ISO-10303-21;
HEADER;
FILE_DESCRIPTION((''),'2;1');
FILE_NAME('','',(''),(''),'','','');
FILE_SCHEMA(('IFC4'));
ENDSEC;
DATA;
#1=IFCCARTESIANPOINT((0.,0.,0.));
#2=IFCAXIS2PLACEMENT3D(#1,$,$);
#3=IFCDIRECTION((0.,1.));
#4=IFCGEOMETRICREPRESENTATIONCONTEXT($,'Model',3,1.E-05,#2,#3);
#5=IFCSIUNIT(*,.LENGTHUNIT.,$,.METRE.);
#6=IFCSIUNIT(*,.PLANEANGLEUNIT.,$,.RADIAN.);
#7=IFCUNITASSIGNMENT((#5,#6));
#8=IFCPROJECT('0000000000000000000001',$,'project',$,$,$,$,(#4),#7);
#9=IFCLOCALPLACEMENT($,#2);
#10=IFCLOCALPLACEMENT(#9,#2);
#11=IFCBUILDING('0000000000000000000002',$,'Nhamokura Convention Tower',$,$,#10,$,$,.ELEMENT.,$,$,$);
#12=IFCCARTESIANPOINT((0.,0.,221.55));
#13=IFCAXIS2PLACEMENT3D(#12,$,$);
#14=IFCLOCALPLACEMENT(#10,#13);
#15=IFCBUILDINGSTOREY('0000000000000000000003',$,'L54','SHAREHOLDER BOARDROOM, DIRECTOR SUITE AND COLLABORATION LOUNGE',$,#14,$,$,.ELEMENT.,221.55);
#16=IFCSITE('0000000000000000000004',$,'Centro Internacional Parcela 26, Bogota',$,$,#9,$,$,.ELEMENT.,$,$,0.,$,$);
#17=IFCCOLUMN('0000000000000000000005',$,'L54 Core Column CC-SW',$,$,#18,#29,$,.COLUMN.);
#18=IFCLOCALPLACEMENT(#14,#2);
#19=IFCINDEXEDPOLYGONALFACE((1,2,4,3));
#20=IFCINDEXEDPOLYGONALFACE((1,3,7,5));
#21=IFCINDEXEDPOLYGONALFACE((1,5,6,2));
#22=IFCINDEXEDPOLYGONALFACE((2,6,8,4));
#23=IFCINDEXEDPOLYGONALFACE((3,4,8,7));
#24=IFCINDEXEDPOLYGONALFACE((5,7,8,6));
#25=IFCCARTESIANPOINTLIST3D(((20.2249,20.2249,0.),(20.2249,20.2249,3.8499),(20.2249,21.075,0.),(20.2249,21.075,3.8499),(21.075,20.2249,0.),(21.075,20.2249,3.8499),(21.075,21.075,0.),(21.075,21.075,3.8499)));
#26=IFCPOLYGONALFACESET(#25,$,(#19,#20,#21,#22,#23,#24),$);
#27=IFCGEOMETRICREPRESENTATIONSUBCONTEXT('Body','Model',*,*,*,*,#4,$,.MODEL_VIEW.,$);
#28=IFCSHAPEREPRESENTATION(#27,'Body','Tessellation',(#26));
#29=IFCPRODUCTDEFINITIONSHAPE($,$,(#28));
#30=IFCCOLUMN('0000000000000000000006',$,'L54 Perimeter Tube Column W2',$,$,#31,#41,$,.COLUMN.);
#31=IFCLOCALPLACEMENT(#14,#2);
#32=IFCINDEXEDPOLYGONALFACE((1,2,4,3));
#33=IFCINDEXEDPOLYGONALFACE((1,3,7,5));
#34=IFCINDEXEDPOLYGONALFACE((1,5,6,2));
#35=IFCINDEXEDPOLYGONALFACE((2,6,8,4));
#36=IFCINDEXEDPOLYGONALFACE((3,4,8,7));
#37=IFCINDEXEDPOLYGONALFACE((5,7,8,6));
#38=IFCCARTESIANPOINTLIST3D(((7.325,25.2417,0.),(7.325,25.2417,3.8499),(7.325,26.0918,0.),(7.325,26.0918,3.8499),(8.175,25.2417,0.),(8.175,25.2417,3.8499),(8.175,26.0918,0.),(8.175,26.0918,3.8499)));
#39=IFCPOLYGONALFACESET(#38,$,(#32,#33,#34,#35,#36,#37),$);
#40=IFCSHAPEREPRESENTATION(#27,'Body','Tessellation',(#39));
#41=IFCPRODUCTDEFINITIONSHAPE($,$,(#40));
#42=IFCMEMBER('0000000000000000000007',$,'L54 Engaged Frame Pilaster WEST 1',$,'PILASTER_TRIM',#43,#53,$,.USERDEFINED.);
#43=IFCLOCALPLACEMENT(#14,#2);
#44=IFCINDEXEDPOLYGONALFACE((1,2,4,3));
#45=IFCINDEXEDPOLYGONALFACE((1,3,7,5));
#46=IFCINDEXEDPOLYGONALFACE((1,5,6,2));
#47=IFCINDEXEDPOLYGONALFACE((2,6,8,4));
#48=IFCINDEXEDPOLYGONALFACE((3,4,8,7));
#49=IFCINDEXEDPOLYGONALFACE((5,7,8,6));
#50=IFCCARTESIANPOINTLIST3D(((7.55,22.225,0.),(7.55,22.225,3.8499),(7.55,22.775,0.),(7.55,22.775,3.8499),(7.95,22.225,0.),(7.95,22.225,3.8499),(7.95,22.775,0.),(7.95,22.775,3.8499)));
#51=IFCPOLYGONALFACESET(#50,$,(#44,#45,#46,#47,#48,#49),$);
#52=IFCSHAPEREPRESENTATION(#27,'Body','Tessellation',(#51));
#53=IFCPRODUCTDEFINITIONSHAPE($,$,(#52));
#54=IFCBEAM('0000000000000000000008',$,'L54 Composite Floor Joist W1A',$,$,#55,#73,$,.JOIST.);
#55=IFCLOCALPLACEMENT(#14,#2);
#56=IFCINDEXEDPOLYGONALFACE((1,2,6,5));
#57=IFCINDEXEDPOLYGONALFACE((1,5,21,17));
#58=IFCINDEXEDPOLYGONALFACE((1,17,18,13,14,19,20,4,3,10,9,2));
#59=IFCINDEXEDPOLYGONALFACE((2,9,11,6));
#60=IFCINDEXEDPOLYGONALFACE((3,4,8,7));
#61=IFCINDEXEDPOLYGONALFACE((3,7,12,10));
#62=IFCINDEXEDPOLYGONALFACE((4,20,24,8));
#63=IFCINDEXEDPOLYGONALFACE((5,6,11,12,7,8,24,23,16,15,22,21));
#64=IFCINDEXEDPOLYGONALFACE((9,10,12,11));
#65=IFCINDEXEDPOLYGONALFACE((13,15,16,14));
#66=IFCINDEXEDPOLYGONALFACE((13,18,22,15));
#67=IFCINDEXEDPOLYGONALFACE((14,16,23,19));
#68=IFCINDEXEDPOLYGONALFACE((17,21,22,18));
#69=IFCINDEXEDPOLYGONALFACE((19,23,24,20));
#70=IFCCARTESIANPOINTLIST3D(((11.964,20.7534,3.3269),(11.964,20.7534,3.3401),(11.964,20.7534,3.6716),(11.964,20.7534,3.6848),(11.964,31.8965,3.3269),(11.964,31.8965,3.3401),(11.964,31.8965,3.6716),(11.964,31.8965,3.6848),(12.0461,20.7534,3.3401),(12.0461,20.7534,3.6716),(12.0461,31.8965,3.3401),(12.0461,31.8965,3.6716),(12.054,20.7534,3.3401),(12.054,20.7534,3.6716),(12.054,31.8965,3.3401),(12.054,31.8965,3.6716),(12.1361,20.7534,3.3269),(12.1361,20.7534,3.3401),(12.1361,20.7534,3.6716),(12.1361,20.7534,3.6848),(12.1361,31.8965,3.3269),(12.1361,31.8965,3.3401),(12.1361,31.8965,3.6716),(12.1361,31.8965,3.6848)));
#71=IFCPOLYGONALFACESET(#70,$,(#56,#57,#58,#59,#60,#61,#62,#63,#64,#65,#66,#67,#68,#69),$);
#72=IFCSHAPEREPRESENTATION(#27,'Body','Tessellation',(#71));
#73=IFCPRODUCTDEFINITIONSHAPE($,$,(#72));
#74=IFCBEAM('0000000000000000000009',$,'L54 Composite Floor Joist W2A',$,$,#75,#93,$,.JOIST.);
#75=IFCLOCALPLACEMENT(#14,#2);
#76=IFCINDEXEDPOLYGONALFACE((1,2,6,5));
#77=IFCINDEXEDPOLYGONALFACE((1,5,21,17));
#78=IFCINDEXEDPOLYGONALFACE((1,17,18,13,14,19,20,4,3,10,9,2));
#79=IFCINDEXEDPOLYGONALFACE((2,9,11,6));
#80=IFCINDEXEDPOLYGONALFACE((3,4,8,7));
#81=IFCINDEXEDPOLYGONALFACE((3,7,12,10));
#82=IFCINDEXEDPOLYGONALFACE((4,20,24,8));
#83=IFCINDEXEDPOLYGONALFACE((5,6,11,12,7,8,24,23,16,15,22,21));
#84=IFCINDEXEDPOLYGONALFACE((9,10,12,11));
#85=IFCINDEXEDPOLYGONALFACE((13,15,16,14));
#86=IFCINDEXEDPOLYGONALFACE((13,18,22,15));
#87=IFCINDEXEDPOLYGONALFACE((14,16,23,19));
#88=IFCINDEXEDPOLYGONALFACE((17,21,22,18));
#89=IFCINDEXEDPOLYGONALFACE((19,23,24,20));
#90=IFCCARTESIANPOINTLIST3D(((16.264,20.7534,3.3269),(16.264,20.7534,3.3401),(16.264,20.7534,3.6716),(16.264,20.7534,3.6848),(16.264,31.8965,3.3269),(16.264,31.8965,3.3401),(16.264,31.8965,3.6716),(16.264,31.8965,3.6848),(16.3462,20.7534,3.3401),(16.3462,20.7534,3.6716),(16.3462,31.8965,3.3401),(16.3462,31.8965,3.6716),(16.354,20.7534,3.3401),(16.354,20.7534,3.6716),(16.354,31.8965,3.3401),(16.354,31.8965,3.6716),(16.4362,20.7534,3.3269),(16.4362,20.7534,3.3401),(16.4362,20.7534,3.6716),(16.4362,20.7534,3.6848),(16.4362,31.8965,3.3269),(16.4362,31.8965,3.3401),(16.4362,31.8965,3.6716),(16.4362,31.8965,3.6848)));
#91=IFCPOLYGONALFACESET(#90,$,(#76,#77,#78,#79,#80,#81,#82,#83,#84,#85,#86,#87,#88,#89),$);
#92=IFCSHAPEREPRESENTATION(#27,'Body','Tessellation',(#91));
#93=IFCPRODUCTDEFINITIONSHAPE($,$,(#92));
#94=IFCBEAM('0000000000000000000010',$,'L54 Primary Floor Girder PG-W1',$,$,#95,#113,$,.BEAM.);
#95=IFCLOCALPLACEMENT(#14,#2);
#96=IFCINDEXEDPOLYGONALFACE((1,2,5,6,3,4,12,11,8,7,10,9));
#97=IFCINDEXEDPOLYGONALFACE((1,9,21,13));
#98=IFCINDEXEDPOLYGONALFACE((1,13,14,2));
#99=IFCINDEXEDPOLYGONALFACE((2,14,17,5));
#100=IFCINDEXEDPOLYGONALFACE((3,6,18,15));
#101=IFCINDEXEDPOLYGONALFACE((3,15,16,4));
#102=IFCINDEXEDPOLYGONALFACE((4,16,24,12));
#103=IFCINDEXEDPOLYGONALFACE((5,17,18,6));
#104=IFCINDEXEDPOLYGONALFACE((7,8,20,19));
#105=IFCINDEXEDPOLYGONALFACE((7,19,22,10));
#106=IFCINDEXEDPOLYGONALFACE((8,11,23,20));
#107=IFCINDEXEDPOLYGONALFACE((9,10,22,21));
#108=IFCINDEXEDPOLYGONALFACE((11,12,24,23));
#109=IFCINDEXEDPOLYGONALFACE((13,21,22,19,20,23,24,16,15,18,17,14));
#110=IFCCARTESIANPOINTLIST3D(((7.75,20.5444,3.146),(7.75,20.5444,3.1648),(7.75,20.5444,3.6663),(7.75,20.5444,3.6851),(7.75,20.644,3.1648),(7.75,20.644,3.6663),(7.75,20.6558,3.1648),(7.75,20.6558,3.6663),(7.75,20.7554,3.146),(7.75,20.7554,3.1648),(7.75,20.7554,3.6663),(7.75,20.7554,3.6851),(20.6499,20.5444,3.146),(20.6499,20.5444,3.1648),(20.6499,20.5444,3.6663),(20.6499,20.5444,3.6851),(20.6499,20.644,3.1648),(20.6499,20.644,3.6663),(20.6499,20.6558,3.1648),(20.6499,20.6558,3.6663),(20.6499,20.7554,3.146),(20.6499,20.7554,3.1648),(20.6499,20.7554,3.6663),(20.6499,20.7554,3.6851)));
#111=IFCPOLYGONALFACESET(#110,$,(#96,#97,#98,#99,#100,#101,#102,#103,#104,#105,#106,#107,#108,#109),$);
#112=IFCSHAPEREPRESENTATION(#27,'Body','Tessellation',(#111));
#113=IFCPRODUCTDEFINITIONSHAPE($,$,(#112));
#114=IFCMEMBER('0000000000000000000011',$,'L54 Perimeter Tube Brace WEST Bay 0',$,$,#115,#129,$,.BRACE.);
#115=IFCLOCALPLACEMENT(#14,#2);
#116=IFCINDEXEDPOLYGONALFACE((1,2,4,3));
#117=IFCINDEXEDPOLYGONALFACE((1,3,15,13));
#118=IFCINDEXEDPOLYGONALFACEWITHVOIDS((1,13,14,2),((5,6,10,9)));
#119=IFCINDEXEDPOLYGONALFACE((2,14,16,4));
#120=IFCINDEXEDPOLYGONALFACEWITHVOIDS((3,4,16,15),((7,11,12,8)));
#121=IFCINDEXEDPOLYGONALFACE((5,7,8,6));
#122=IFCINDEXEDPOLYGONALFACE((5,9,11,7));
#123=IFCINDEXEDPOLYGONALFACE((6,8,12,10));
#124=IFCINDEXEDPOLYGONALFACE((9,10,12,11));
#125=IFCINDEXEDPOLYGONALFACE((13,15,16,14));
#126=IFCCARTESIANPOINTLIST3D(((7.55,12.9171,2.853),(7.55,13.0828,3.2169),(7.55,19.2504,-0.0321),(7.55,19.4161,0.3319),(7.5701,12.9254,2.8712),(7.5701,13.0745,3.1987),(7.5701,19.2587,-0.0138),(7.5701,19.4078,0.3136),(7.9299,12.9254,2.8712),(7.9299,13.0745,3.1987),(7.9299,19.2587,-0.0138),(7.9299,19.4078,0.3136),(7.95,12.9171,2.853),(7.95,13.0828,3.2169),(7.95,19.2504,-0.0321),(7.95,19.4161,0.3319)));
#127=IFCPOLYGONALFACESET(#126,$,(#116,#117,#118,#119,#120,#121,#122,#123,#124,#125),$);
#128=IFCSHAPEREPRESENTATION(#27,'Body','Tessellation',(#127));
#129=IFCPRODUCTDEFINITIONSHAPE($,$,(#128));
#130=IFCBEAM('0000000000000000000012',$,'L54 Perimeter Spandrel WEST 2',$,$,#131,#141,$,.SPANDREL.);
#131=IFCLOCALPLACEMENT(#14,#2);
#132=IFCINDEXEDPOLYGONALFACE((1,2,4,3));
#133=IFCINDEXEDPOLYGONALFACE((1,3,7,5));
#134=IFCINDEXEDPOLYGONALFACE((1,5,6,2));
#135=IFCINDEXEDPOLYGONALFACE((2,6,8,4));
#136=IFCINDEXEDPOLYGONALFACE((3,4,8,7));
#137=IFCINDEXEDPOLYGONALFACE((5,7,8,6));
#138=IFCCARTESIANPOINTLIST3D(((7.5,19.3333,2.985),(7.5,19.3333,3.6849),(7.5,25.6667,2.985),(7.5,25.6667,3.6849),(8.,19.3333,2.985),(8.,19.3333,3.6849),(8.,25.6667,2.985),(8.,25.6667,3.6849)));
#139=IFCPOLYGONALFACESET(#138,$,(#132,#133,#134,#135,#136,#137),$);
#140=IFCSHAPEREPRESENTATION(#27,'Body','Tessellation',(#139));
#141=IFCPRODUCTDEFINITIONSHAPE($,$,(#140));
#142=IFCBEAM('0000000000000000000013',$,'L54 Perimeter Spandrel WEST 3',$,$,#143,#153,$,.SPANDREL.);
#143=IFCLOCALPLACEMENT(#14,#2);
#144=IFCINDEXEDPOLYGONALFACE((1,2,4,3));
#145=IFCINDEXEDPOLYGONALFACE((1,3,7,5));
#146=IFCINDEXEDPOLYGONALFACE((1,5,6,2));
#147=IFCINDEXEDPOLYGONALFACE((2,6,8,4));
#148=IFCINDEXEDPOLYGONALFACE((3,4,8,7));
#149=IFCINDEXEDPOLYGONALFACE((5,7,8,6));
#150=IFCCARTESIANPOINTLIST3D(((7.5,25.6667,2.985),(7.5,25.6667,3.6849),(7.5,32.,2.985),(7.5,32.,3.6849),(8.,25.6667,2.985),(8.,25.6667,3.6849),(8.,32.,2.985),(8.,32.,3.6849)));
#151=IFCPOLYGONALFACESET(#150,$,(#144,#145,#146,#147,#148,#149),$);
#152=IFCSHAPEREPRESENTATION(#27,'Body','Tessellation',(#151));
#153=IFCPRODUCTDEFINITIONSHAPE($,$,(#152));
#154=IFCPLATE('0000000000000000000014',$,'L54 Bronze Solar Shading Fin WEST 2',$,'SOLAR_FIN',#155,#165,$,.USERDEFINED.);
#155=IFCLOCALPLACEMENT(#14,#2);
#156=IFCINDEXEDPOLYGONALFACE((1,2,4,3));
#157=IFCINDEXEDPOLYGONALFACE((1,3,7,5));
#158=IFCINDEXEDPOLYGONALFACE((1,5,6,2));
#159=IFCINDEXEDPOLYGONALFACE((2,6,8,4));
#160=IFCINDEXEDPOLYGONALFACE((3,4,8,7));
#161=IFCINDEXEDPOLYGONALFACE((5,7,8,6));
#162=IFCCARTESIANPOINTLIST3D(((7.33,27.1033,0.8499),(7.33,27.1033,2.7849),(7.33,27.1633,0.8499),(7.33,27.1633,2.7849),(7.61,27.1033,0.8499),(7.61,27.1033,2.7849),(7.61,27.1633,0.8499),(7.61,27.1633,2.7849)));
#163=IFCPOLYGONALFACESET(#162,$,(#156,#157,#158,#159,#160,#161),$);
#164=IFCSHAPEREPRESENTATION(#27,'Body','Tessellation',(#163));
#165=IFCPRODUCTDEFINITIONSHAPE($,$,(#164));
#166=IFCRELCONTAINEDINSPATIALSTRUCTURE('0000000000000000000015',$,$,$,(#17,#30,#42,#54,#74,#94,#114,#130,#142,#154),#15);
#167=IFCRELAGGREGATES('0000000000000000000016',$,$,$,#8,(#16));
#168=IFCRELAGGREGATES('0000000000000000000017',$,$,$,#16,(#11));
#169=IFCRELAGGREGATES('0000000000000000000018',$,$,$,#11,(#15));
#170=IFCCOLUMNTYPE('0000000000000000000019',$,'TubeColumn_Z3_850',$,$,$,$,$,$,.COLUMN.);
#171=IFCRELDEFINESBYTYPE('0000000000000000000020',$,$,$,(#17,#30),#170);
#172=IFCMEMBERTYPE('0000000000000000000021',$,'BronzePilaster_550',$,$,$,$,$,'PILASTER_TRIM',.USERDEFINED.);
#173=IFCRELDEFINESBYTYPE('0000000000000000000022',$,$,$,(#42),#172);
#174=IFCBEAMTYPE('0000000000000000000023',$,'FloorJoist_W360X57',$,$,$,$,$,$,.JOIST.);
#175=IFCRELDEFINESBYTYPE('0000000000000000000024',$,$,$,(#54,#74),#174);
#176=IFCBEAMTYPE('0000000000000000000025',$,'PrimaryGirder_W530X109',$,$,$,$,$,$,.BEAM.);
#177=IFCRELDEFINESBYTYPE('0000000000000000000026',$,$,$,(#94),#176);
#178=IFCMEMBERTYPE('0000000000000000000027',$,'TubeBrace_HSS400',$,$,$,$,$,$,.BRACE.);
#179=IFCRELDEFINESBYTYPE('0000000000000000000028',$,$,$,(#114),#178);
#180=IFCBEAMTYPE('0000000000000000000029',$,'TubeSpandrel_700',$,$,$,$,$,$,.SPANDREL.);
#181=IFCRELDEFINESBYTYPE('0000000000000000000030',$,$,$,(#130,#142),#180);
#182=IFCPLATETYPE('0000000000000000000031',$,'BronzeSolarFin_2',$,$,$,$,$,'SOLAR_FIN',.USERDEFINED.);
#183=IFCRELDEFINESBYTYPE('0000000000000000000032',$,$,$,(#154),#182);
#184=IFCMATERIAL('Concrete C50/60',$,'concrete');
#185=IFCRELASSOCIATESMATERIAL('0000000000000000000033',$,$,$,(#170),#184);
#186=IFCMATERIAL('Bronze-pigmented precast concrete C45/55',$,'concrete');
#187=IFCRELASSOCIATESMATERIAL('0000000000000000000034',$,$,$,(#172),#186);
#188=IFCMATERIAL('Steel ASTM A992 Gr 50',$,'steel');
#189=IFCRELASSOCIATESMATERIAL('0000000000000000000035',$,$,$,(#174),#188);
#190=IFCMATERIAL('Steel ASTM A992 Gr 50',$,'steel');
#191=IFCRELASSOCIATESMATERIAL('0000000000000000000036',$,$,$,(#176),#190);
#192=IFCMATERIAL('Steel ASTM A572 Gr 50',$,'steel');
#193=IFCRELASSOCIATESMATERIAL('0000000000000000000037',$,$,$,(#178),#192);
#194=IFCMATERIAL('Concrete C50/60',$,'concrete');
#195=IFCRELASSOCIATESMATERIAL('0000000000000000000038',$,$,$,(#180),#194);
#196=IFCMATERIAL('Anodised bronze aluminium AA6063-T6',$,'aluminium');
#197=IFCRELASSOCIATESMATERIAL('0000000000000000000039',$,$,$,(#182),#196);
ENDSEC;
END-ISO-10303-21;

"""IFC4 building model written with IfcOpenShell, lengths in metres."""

from ifc_helpers import new_model, si_unit, direction, frame, origin, origin_2d, place, context, subcontext, project, spatial, rectangle, hollow_rectangle, i_section, extrude, material, material_profile, profile_set, type_object, element, save


model = new_model("IFC4")

# Units and contexts
model_context = context("Model", 3, precision=1e-05, world=origin(), true_north=direction((0.0, 1.0)))
body_context = subcontext(model_context, "Body", "Model", "MODEL_VIEW")
ifc_project = project(units=[si_unit("LENGTHUNIT", "METRE"), si_unit("PLANEANGLEUNIT", "RADIAN")], contexts=[model_context])

# Site, building, storey
site_placement = place(None, origin())
site = spatial("IfcSite", under=ifc_project, at=site_placement, Name="Centro Internacional Parcela 26, Bogota", CompositionType="ELEMENT", RefElevation=0.0)
building_placement = place(site_placement, origin())
building = spatial("IfcBuilding", under=site, at=building_placement, Name="Nhamokura Convention Tower", CompositionType="ELEMENT")
storey_placement = place(building_placement, frame((0.0, 0.0, 221.55)))
storey = spatial("IfcBuildingStorey", under=building, at=storey_placement, Name="L54", Description="SHAREHOLDER BOARDROOM, DIRECTOR SUITE AND COLLABORATION LOUNGE", CompositionType="ELEMENT", Elevation=221.55)

# Columns
ifc_material_1 = material(Name="Concrete C50/60", Category="concrete")
ifc_material_profile_1 = material_profile(ifc_material_1, rectangle(XDim=0.8501, YDim=0.8501, at=origin_2d()))
ifc_profile_set_1 = profile_set([ifc_material_profile_1], Name="Concrete C50/60")
column_type = type_object("IfcColumnType", Name="TubeColumn_Z3_850", PredefinedType="COLUMN", material=ifc_profile_set_1)
for number, where, z_axis, x_axis, name in (
    (1, (20.6499, 20.6499, 0.0), (0.0, 0.0, 1.0), (1.0, 0.0, 0.0), "L54 Core Column CC-SW"),
    (2, (7.75, 25.6667, 0.0), (0.0, 0.0, 1.0), (1.0, 0.0, 0.0), "L54 Perimeter Tube Column W2"),
):
    element("IfcColumn", number, at=place(storey_placement, frame(where, z_axis=z_axis, x_axis=x_axis)), inside=storey, type_object=column_type, Name=name, PredefinedType="COLUMN", context=body_context, shape_type="SweptSolid", body=[
        extrude(rectangle(XDim=0.8501, YDim=0.8501, at=origin_2d()), origin(), (0.0, 0.0, 1.0), 3.8499),
    ])

# Member
ifc_material_2 = material(Name="Bronze-pigmented precast concrete C45/55", Category="concrete")
ifc_material_profile_2 = material_profile(ifc_material_2, rectangle(XDim=0.3999, YDim=0.55, at=origin_2d()))
ifc_profile_set_2 = profile_set([ifc_material_profile_2], Name="Bronze-pigmented precast concrete C45/55")
member_type_1 = type_object("IfcMemberType", Name="BronzePilaster_550", ElementType="PILASTER_TRIM", PredefinedType="USERDEFINED", material=ifc_profile_set_2)
member_1_placement = place(storey_placement, frame((7.75, 22.5, 0.0), z_axis=(0.0, 0.0, 1.0), x_axis=(1.0, 0.0, 0.0)))
element("IfcMember", 3, at=member_1_placement, inside=storey, type_object=member_type_1, Name="L54 Engaged Frame Pilaster WEST 1", ObjectType="PILASTER_TRIM", PredefinedType="USERDEFINED", context=body_context, shape_type="SweptSolid", body=[
    extrude(rectangle(XDim=0.3999, YDim=0.55, at=origin_2d()), origin(), (0.0, 0.0, 1.0), 3.8499),
])

# Beams
ifc_material_3 = material(Name="Steel ASTM A992 Gr 50", Category="steel")
ifc_material_profile_3 = material_profile(ifc_material_3, i_section(OverallWidth=0.1721, OverallDepth=0.3579, WebThickness=0.0078, FlangeThickness=0.0132, at=origin_2d()))
ifc_profile_set_3 = profile_set([ifc_material_profile_3], Name="Steel ASTM A992 Gr 50")
beam_type_1 = type_object("IfcBeamType", Name="FloorJoist_W360X57", PredefinedType="JOIST", material=ifc_profile_set_3)
for number, where, z_axis, x_axis, name in (
    (4, (12.05, 20.7534, 3.5059), (0.0, 1.0, 0.0), (-1.0, 0.0, 0.0), "L54 Composite Floor Joist W1A"),
    (5, (16.3501, 20.7534, 3.5059), (0.0, 1.0, 0.0), (-1.0, 0.0, 0.0), "L54 Composite Floor Joist W2A"),
):
    element("IfcBeam", number, at=place(storey_placement, frame(where, z_axis=z_axis, x_axis=x_axis)), inside=storey, type_object=beam_type_1, Name=name, PredefinedType="JOIST", context=body_context, shape_type="SweptSolid", body=[
        extrude(i_section(OverallWidth=0.1721, OverallDepth=0.3579, WebThickness=0.0078, FlangeThickness=0.0132, at=origin_2d()), origin(), (0.0, 0.0, 1.0), 11.1431),
    ])
ifc_material_4 = material(Name="Steel ASTM A992 Gr 50", Category="steel")
ifc_material_profile_4 = material_profile(ifc_material_4, i_section(OverallWidth=0.2109, OverallDepth=0.5391, WebThickness=0.0117, FlangeThickness=0.0188, at=origin_2d()))
ifc_profile_set_4 = profile_set([ifc_material_profile_4], Name="Steel ASTM A992 Gr 50")
beam_type_2 = type_object("IfcBeamType", Name="PrimaryGirder_W530X109", PredefinedType="BEAM", material=ifc_profile_set_4)
beam_1_placement = place(storey_placement, frame((7.75, 20.6499, 3.4155), z_axis=(1.0, 0.0, 0.0), x_axis=(0.0, 1.0, 0.0)))
element("IfcBeam", 6, at=beam_1_placement, inside=storey, type_object=beam_type_2, Name="L54 Primary Floor Girder PG-W1", PredefinedType="BEAM", context=body_context, shape_type="SweptSolid", body=[
    extrude(i_section(OverallWidth=0.2109, OverallDepth=0.5391, WebThickness=0.0117, FlangeThickness=0.0188, at=origin_2d()), origin(), (0.0, 0.0, 1.0), 12.8999),
])

# Member
ifc_material_5 = material(Name="Steel ASTM A572 Gr 50", Category="steel")
ifc_material_profile_5 = material_profile(ifc_material_5, hollow_rectangle(XDim=0.3999, YDim=0.3999, WallThickness=0.02, at=origin_2d()))
ifc_profile_set_5 = profile_set([ifc_material_profile_5], Name="Steel ASTM A572 Gr 50")
member_type_2 = type_object("IfcMemberType", Name="TubeBrace_HSS400", PredefinedType="BRACE", material=ifc_profile_set_5)
member_2_placement = place(storey_placement, frame((7.75, 19.3333, 0.1499), z_axis=(0.0, -0.910027, 0.414548), x_axis=(1.0, 0.0, 0.0)))
element("IfcMember", 7, at=member_2_placement, inside=storey, type_object=member_type_2, Name="L54 Perimeter Tube Brace WEST Bay 0", PredefinedType="BRACE", context=body_context, shape_type="SweptSolid", body=[
    extrude(hollow_rectangle(XDim=0.3999, YDim=0.3999, WallThickness=0.02, at=origin_2d()), origin(), (0.0, 0.0, 1.0), 6.9595),
])

# Beams
ifc_material_6 = material(Name="Concrete C50/60", Category="concrete")
ifc_material_profile_6 = material_profile(ifc_material_6, rectangle(XDim=0.5, YDim=0.7, at=origin_2d()))
ifc_profile_set_6 = profile_set([ifc_material_profile_6], Name="Concrete C50/60")
beam_type_3 = type_object("IfcBeamType", Name="TubeSpandrel_700", PredefinedType="SPANDREL", material=ifc_profile_set_6)
beam_2_placement = place(storey_placement, frame((7.75, 19.3333, 3.335), z_axis=(0.0, 1.0, 0.0), x_axis=(-1.0, 0.0, 0.0)))
element("IfcBeam", 8, at=beam_2_placement, inside=storey, type_object=beam_type_3, Name="L54 Perimeter Spandrel WEST 2", PredefinedType="SPANDREL", context=body_context, shape_type="SweptSolid", body=[
    extrude(rectangle(XDim=0.5, YDim=0.7, at=origin_2d()), origin(), (0.0, 0.0, 1.0), 6.3335),
])
beam_3_placement = place(storey_placement, frame((7.75, 25.6667, 3.335), z_axis=(0.0, 1.0, 0.0), x_axis=(-1.0, 0.0, 0.0)))
element("IfcBeam", 9, at=beam_3_placement, inside=storey, type_object=beam_type_3, Name="L54 Perimeter Spandrel WEST 3", PredefinedType="SPANDREL", context=body_context, shape_type="SweptSolid", body=[
    extrude(rectangle(XDim=0.5, YDim=0.7, at=origin_2d()), origin(), (0.0, 0.0, 1.0), 6.3333),
])

# Plate
ifc_material_7 = material(Name="Anodised bronze aluminium AA6063-T6", Category="aluminium")
plate_type = type_object("IfcPlateType", Name="BronzeSolarFin_2", ElementType="SOLAR_FIN", PredefinedType="USERDEFINED", material=ifc_material_7)
plate_placement = place(storey_placement, frame((7.47, 27.1333, 0.8499), z_axis=(0.0, 0.0, 1.0), x_axis=(1.0, 0.0, 0.0)))
element("IfcPlate", 10, at=plate_placement, inside=storey, type_object=plate_type, Name="L54 Bronze Solar Shading Fin WEST 2", ObjectType="SOLAR_FIN", PredefinedType="USERDEFINED", context=body_context, shape_type="SweptSolid", body=[
    extrude(rectangle(XDim=0.28, YDim=0.0601, at=origin_2d()), origin(), (0.0, 0.0, 1.0), 1.9351),
])

save(model, "model.ifc")
